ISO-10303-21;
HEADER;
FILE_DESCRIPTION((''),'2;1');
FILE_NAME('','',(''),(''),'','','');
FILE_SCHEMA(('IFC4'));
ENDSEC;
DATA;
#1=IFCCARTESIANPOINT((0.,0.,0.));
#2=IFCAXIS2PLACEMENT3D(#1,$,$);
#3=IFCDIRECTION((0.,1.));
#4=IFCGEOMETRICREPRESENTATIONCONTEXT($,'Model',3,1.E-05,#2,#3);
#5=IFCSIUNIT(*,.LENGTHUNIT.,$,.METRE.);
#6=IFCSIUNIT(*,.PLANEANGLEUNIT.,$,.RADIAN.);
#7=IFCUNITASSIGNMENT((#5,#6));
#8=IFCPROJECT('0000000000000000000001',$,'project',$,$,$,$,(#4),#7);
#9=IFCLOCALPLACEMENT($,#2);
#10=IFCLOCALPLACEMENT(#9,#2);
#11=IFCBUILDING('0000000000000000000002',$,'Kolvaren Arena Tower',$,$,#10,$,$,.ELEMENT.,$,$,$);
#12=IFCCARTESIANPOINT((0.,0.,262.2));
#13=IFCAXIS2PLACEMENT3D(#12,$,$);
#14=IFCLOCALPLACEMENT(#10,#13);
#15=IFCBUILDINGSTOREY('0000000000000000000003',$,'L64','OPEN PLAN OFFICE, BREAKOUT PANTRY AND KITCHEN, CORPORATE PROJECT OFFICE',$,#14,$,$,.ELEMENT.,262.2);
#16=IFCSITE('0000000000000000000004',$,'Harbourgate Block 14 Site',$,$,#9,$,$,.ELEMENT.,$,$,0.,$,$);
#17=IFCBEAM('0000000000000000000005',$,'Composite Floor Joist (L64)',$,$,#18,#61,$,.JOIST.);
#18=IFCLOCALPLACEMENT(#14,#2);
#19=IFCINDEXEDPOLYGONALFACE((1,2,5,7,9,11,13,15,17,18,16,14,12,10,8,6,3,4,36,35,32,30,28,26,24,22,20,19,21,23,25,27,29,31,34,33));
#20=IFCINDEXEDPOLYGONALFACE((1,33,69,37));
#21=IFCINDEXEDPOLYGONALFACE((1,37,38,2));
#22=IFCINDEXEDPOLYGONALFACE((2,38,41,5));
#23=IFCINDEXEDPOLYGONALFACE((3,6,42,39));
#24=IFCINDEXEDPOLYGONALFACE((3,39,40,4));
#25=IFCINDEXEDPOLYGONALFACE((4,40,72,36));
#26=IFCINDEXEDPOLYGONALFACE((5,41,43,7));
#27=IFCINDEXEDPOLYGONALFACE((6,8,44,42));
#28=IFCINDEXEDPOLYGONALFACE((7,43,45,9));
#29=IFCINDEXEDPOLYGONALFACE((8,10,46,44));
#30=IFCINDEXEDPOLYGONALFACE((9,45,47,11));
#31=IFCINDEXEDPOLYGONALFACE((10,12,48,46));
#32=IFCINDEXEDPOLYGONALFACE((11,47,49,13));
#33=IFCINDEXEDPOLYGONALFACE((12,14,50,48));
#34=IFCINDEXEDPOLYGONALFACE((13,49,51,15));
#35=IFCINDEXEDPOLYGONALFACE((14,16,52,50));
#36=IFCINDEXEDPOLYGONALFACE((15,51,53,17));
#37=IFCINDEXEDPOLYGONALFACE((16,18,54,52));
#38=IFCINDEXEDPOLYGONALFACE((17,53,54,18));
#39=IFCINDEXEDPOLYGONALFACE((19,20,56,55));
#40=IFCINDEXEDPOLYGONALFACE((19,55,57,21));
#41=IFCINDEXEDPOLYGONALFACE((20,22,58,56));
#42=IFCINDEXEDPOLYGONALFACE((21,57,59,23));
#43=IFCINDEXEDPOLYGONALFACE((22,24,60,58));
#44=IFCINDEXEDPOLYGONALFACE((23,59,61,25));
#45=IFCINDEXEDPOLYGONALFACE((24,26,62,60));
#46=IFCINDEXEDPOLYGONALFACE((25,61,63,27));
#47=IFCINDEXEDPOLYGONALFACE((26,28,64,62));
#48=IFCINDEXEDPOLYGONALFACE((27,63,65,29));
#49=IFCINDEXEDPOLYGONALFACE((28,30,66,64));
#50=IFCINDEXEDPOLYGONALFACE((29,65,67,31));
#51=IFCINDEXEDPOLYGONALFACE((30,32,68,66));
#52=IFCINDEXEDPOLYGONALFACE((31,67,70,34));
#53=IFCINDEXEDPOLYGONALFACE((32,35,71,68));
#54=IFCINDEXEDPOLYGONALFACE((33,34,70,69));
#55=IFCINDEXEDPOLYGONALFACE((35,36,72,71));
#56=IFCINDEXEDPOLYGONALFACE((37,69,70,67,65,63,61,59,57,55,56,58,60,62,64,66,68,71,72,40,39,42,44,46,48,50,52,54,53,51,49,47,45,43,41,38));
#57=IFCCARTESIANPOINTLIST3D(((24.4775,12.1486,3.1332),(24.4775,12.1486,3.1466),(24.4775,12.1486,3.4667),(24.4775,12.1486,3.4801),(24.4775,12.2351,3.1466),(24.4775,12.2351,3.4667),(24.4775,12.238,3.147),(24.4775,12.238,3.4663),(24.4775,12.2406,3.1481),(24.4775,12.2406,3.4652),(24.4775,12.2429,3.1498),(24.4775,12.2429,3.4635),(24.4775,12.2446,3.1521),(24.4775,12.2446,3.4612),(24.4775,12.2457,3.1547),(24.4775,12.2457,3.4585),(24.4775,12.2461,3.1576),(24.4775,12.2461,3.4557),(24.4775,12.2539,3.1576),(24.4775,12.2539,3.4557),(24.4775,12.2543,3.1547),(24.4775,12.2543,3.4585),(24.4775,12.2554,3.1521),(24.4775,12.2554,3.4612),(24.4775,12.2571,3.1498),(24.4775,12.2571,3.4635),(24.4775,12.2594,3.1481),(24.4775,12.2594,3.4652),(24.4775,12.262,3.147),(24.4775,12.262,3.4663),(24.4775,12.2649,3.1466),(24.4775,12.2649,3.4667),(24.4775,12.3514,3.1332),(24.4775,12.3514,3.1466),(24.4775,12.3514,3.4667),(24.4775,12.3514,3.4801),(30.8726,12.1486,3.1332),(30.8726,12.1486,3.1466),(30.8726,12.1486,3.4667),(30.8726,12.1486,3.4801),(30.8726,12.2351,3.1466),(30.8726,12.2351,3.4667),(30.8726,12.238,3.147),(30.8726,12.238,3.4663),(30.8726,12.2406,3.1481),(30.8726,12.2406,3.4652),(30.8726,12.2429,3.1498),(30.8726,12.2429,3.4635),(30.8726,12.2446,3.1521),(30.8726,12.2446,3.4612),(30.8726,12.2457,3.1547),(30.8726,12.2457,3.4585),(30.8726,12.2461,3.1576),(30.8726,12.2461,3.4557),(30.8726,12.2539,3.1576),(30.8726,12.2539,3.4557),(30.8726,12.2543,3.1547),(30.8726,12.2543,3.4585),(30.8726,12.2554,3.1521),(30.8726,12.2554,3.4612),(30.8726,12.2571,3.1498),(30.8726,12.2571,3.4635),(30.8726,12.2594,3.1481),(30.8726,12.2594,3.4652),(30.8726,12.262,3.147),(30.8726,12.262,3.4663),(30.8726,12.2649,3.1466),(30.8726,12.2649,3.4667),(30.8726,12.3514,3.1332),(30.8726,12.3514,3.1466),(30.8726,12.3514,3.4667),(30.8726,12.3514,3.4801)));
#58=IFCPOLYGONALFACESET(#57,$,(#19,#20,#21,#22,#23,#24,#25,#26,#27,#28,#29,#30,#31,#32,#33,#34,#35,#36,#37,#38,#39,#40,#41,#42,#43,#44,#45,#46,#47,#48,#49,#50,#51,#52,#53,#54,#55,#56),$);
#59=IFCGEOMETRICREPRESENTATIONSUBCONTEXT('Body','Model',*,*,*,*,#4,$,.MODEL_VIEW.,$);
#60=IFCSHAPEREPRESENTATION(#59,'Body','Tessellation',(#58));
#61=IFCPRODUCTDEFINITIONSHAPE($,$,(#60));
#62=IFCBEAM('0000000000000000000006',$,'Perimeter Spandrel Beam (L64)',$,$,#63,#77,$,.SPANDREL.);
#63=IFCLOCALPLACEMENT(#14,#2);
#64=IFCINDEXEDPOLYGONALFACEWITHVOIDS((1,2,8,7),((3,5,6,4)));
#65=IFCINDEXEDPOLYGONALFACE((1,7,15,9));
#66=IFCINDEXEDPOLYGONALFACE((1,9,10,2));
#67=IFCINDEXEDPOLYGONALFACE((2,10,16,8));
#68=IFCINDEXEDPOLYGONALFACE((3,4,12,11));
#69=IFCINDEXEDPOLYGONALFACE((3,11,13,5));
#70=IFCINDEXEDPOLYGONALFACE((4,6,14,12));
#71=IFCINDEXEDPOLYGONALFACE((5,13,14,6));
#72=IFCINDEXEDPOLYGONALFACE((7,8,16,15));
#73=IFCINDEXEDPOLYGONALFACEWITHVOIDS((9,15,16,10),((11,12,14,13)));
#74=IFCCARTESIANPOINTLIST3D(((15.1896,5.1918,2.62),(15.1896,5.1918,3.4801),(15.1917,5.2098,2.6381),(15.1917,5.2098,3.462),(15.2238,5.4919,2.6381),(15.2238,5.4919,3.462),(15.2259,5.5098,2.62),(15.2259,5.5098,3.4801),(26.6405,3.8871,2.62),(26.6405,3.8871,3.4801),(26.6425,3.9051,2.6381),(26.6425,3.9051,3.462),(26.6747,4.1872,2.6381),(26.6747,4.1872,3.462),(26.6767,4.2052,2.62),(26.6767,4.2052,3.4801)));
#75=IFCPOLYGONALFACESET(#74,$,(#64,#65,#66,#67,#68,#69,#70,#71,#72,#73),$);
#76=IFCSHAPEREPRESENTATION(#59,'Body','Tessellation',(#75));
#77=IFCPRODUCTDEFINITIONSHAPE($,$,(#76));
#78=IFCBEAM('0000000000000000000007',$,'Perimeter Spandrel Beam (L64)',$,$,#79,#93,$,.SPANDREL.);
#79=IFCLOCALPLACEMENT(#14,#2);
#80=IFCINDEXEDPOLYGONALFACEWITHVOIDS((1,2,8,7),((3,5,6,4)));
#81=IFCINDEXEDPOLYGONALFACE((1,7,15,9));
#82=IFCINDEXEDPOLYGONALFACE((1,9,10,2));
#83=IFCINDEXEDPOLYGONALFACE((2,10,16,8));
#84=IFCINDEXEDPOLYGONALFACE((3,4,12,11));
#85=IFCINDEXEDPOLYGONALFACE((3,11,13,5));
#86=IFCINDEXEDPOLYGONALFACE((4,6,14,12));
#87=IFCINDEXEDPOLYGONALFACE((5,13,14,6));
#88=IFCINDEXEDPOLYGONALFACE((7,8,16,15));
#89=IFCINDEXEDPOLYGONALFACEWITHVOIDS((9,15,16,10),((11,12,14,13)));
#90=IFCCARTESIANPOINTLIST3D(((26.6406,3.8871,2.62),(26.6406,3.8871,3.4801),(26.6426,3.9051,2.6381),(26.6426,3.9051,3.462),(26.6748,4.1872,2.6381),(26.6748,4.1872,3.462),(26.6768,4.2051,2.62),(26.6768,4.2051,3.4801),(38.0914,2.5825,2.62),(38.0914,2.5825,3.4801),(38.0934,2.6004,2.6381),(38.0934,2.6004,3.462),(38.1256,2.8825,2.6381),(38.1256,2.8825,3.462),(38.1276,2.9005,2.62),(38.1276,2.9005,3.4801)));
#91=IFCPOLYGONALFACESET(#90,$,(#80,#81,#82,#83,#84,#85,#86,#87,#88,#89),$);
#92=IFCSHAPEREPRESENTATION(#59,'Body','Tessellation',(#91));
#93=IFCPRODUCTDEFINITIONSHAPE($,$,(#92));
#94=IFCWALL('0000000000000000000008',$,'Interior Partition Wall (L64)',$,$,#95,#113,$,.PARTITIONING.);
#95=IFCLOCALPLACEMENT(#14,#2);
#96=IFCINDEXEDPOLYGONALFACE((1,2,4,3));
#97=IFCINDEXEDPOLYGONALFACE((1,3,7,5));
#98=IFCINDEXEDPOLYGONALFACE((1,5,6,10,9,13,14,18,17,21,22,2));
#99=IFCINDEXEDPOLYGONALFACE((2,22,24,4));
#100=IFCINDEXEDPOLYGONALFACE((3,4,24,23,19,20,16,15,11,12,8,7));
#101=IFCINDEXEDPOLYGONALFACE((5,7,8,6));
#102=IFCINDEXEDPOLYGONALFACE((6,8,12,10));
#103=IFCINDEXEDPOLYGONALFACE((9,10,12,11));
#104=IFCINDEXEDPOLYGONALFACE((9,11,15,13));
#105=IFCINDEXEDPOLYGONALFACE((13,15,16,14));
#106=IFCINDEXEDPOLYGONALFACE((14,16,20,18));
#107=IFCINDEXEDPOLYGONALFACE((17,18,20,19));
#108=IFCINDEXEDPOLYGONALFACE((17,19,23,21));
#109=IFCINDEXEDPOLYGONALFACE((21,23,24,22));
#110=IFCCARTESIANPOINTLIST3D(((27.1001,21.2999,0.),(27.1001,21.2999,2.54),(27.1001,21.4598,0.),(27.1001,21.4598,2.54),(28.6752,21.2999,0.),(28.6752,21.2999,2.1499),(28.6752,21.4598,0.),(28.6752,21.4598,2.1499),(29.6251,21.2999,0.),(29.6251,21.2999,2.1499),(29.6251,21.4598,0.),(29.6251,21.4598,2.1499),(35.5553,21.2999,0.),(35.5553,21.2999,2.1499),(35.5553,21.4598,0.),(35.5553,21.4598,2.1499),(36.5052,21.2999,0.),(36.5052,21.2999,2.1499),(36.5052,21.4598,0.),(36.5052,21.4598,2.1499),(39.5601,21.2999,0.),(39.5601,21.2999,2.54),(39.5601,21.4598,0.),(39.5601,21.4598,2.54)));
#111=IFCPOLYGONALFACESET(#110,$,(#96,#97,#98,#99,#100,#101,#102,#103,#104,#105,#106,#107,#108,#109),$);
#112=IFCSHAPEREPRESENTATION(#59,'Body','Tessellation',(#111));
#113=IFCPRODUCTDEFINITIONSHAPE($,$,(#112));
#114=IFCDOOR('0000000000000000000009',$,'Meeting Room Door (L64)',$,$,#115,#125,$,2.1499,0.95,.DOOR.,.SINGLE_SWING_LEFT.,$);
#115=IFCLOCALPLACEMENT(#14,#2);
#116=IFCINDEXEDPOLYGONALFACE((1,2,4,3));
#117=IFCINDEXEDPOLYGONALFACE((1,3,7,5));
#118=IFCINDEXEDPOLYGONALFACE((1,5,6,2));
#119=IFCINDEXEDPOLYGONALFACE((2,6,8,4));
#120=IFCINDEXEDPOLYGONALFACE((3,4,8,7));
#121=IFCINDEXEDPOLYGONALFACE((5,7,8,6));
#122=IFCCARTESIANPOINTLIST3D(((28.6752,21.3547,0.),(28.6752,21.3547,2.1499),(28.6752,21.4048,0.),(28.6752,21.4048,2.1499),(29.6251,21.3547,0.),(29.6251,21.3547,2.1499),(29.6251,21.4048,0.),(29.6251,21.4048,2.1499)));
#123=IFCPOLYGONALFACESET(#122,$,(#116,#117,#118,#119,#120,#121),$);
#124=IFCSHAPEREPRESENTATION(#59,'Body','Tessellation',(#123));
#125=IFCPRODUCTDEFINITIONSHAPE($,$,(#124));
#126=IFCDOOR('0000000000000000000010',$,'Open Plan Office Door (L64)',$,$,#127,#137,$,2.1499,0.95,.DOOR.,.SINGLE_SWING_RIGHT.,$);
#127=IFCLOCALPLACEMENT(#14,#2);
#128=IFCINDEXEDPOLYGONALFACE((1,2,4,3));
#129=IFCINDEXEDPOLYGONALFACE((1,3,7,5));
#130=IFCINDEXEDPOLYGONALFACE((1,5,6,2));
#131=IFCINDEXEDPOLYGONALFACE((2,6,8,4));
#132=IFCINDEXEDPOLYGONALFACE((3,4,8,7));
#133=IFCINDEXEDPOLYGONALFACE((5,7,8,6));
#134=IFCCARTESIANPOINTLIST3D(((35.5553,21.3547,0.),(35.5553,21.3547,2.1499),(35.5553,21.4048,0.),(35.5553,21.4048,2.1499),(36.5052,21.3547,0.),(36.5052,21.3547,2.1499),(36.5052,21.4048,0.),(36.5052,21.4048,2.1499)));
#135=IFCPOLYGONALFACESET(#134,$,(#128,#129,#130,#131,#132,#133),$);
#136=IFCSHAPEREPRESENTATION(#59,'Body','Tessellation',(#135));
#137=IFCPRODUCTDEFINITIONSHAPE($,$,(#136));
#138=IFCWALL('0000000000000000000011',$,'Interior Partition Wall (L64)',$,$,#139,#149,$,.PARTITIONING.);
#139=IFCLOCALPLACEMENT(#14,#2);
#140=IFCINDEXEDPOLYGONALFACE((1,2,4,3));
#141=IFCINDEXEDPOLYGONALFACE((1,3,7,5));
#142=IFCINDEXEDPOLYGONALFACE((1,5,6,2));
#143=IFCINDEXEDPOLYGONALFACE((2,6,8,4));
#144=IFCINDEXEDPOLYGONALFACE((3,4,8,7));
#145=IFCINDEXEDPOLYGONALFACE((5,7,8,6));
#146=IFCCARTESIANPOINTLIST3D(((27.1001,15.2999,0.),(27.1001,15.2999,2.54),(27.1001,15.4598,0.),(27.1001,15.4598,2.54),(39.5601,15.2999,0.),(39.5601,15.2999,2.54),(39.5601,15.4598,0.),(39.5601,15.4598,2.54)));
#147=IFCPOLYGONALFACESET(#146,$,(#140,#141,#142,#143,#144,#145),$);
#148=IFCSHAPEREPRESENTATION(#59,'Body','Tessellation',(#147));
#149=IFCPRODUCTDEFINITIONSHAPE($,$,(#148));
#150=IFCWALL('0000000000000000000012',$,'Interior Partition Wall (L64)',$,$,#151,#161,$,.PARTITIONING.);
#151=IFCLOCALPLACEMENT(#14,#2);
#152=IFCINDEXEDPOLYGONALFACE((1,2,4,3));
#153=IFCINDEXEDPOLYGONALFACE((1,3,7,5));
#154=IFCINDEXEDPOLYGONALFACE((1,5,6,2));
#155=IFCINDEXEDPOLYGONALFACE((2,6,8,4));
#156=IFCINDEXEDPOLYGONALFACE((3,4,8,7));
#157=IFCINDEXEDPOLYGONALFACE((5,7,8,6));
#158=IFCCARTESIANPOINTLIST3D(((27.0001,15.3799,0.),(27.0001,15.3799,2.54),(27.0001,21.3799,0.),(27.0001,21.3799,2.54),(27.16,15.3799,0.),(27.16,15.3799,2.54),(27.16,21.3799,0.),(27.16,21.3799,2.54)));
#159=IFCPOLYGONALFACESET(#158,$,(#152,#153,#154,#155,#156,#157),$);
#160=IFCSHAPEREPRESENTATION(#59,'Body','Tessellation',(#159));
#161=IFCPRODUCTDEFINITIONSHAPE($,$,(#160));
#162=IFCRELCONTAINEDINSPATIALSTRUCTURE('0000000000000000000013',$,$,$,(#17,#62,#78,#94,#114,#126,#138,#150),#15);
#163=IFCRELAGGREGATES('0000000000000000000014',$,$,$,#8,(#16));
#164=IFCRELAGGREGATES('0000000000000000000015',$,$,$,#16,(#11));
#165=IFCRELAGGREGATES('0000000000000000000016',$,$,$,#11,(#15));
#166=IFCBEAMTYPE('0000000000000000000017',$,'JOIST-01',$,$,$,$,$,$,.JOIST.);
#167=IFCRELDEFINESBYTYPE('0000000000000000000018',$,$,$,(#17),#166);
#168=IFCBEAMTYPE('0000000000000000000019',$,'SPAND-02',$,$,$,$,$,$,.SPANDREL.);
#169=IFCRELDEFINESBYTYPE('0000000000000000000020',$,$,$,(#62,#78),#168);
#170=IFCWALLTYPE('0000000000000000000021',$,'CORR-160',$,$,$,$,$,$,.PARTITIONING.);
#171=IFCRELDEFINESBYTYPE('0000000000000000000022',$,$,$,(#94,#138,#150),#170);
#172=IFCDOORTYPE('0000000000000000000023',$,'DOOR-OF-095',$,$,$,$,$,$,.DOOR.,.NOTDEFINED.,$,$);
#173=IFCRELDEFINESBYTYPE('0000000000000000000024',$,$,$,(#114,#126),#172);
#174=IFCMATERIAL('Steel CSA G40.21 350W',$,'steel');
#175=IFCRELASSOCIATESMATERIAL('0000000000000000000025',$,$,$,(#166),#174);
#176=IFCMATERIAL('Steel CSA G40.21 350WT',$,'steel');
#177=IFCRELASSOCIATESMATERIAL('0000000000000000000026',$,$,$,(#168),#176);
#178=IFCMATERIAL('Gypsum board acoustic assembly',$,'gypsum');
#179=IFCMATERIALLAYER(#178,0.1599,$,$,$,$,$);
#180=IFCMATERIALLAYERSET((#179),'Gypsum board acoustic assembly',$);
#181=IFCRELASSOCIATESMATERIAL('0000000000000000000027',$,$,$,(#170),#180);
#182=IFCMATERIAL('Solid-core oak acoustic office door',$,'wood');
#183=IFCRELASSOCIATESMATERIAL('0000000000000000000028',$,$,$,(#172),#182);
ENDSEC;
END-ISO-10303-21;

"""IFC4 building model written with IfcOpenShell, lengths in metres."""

from ifc_helpers import new_model, si_unit, direction, frame, frame_2d, origin, origin_2d, place, context, subcontext, project, spatial, rectangle, hollow_rectangle, i_section, extrude, material, layer, layer_set, material_profile, profile_set, type_object, element, fill, save


model = new_model("IFC4")

# Units and contexts
model_context = context("Model", 3, precision=1e-05, world=origin(), true_north=direction((0.0, 1.0)))
body_context = subcontext(model_context, "Body", "Model", "MODEL_VIEW")
ifc_project = project(units=[si_unit("LENGTHUNIT", "METRE"), si_unit("PLANEANGLEUNIT", "RADIAN")], contexts=[model_context])

# Site, building, storey
site_placement = place(None, origin())
site = spatial("IfcSite", under=ifc_project, at=site_placement, Name="Harbourgate Block 14 Site", CompositionType="ELEMENT", RefElevation=0.0)
building_placement = place(site_placement, origin())
building = spatial("IfcBuilding", under=site, at=building_placement, Name="Kolvaren Arena Tower", CompositionType="ELEMENT")
storey_placement = place(building_placement, frame((0.0, 0.0, 262.2)))
storey = spatial("IfcBuildingStorey", under=building, at=storey_placement, Name="L64", Description="OPEN PLAN OFFICE, BREAKOUT PANTRY AND KITCHEN, CORPORATE PROJECT OFFICE", CompositionType="ELEMENT", Elevation=262.2)

# Beams
ifc_material_1 = material(Name="Steel CSA G40.21 350W", Category="steel")
ifc_material_profile_1 = material_profile(ifc_material_1, i_section(OverallWidth=0.2029, OverallDepth=0.3469, WebThickness=0.0078, FlangeThickness=0.0134, FilletRadius=0.011, at=origin_2d()), Name="W360x64")
ifc_profile_set_1 = profile_set([ifc_material_profile_1], Name="Steel CSA G40.21 350W")
beam_type_1 = type_object("IfcBeamType", Name="JOIST-01", PredefinedType="JOIST", material=ifc_profile_set_1)
for number, where, z_axis, x_axis, name in (
    (1, (24.4775, 12.25, 3.3066), (1.0, 0.0, 0.0), (0.0, 1.0, 0.0), "Composite Floor Joist (L64)"),
):
    element("IfcBeam", number, at=place(storey_placement, frame(where, z_axis=z_axis, x_axis=x_axis)), inside=storey, type_object=beam_type_1, Name=name, PredefinedType="JOIST", context=body_context, shape_type="SweptSolid", body=[
        extrude(i_section(OverallWidth=0.2029, OverallDepth=0.3469, WebThickness=0.0078, FlangeThickness=0.0134, FilletRadius=0.011, at=origin_2d()), origin(), (0.0, 0.0, 1.0), 6.395),
    ])
ifc_material_2 = material(Name="Steel CSA G40.21 350WT", Category="steel")
ifc_material_profile_2 = material_profile(ifc_material_2, hollow_rectangle(XDim=0.3201, YDim=0.8601, WallThickness=0.0181, at=origin_2d()), Name="HSS 860x320x18")
ifc_profile_set_2 = profile_set([ifc_material_profile_2], Name="Steel CSA G40.21 350WT")
beam_type_2 = type_object("IfcBeamType", Name="SPAND-02", PredefinedType="SPANDREL", material=ifc_profile_set_2)
for number, where, z_axis, x_axis, name in (
    (2, (15.2078, 5.3508, 3.05), (0.993572, -0.113205, 0.0), (0.113205, 0.993572, 0.0), "Perimeter Spandrel Beam (L64)"),
    (3, (26.6587, 4.0461, 3.05), (0.993572, -0.113205, 0.0), (0.113205, 0.993572, 0.0), "Perimeter Spandrel Beam (L64)"),
):
    element("IfcBeam", number, at=place(storey_placement, frame(where, z_axis=z_axis, x_axis=x_axis)), inside=storey, type_object=beam_type_2, Name=name, PredefinedType="SPANDREL", context=body_context, shape_type="SweptSolid", body=[
        extrude(hollow_rectangle(XDim=0.3201, YDim=0.8601, WallThickness=0.0181, at=origin_2d()), origin(), (0.0, 0.0, 1.0), 11.5249),
    ])

# Wall, openings, doors
ifc_material_3 = material(Name="Gypsum board acoustic assembly", Category="gypsum")
ifc_layer_1 = layer(ifc_material_3, 0.1599)
ifc_layer_set_1 = layer_set([ifc_layer_1], Name="Gypsum board acoustic assembly")
wall_type_1 = type_object("IfcWallType", Name="CORR-160", PredefinedType="PARTITIONING", material=ifc_layer_set_1)
wall_1_placement = place(storey_placement, frame((27.1001, 21.3799, 0.0), z_axis=(0.0, 0.0, 1.0), x_axis=(1.0, 0.0, 0.0)))
wall_1 = element("IfcWall", 4, at=wall_1_placement, inside=storey, type_object=wall_type_1, Name="Interior Partition Wall (L64)", PredefinedType="PARTITIONING", context=body_context, shape_type="SweptSolid", body=[
    extrude(rectangle(XDim=12.46, YDim=0.1599, at=frame_2d((6.23, 0.0))), origin(), (0.0, 0.0, 1.0), 2.54),
])
opening_1_placement = place(wall_1_placement, frame((1.575, 0.0, 0.0)))
opening_1 = element("IfcOpeningElement", 5, at=opening_1_placement, cuts=wall_1, PredefinedType="OPENING", context=body_context, shape_type="SweptSolid", body=[
    extrude(rectangle(XDim=0.95, YDim=2.1499, at=frame_2d((0.4751, 1.075))), frame((0.0, 0.0898, 0.0), z_axis=(0.0, -1.0, 0.0), x_axis=(1.0, 0.0, 0.0)), (0.0, 0.0, 1.0), 0.1799),
])
opening_2_placement = place(wall_1_placement, frame((8.4551, 0.0, 0.0)))
opening_2 = element("IfcOpeningElement", 6, at=opening_2_placement, cuts=wall_1, PredefinedType="OPENING", context=body_context, shape_type="SweptSolid", body=[
    extrude(rectangle(XDim=0.95, YDim=2.1499, at=frame_2d((0.4751, 1.075))), frame((0.0, 0.0898, 0.0), z_axis=(0.0, -1.0, 0.0), x_axis=(1.0, 0.0, 0.0)), (0.0, 0.0, 1.0), 0.1799),
])
ifc_material_4 = material(Name="Solid-core oak acoustic office door", Category="wood")
door_type_1 = type_object("IfcDoorType", Name="DOOR-OF-095", OperationType="NOTDEFINED", PredefinedType="DOOR", material=ifc_material_4)
door_1_placement = place(opening_1_placement, origin())
door_1 = element("IfcDoor", 7, at=door_1_placement, inside=storey, type_object=door_type_1, Name="Meeting Room Door (L64)", OperationType="SINGLE_SWING_LEFT", OverallHeight=2.1499, OverallWidth=0.95, PredefinedType="DOOR", context=body_context, shape_type="SweptSolid", body=[
    extrude(rectangle(XDim=0.95, YDim=2.1499, at=frame_2d((0.4751, 1.075))), frame((0.0, 0.0249, 0.0), z_axis=(0.0, -1.0, 0.0), x_axis=(1.0, 0.0, 0.0)), (0.0, 0.0, 1.0), 0.05),
])
fill(opening_1, door_1)
door_2_placement = place(opening_2_placement, origin())
door_2 = element("IfcDoor", 8, at=door_2_placement, inside=storey, type_object=door_type_1, Name="Open Plan Office Door (L64)", OperationType="SINGLE_SWING_RIGHT", OverallHeight=2.1499, OverallWidth=0.95, PredefinedType="DOOR", context=body_context, shape_type="SweptSolid", body=[
    extrude(rectangle(XDim=0.95, YDim=2.1499, at=frame_2d((0.4751, 1.075))), frame((0.0, 0.0249, 0.0), z_axis=(0.0, -1.0, 0.0), x_axis=(1.0, 0.0, 0.0)), (0.0, 0.0, 1.0), 0.05),
])
fill(opening_2, door_2)

# Walls
wall_2_placement = place(storey_placement, frame((27.1001, 15.3799, 0.0), z_axis=(0.0, 0.0, 1.0), x_axis=(1.0, 0.0, 0.0)))
element("IfcWall", 9, at=wall_2_placement, inside=storey, type_object=wall_type_1, Name="Interior Partition Wall (L64)", PredefinedType="PARTITIONING", context=body_context, shape_type="SweptSolid", body=[
    extrude(rectangle(XDim=12.46, YDim=0.1599, at=frame_2d((6.23, 0.0))), origin(), (0.0, 0.0, 1.0), 2.54),
])
wall_3_placement = place(storey_placement, frame((27.0801, 15.3799, 0.0), z_axis=(0.0, 0.0, 1.0), x_axis=(0.0, 1.0, 0.0)))
element("IfcWall", 10, at=wall_3_placement, inside=storey, type_object=wall_type_1, Name="Interior Partition Wall (L64)", PredefinedType="PARTITIONING", context=body_context, shape_type="SweptSolid", body=[
    extrude(rectangle(XDim=6.0, YDim=0.1599, at=frame_2d((3.0, 0.0))), origin(), (0.0, 0.0, 1.0), 2.54),
])

save(model, "model.ifc")
